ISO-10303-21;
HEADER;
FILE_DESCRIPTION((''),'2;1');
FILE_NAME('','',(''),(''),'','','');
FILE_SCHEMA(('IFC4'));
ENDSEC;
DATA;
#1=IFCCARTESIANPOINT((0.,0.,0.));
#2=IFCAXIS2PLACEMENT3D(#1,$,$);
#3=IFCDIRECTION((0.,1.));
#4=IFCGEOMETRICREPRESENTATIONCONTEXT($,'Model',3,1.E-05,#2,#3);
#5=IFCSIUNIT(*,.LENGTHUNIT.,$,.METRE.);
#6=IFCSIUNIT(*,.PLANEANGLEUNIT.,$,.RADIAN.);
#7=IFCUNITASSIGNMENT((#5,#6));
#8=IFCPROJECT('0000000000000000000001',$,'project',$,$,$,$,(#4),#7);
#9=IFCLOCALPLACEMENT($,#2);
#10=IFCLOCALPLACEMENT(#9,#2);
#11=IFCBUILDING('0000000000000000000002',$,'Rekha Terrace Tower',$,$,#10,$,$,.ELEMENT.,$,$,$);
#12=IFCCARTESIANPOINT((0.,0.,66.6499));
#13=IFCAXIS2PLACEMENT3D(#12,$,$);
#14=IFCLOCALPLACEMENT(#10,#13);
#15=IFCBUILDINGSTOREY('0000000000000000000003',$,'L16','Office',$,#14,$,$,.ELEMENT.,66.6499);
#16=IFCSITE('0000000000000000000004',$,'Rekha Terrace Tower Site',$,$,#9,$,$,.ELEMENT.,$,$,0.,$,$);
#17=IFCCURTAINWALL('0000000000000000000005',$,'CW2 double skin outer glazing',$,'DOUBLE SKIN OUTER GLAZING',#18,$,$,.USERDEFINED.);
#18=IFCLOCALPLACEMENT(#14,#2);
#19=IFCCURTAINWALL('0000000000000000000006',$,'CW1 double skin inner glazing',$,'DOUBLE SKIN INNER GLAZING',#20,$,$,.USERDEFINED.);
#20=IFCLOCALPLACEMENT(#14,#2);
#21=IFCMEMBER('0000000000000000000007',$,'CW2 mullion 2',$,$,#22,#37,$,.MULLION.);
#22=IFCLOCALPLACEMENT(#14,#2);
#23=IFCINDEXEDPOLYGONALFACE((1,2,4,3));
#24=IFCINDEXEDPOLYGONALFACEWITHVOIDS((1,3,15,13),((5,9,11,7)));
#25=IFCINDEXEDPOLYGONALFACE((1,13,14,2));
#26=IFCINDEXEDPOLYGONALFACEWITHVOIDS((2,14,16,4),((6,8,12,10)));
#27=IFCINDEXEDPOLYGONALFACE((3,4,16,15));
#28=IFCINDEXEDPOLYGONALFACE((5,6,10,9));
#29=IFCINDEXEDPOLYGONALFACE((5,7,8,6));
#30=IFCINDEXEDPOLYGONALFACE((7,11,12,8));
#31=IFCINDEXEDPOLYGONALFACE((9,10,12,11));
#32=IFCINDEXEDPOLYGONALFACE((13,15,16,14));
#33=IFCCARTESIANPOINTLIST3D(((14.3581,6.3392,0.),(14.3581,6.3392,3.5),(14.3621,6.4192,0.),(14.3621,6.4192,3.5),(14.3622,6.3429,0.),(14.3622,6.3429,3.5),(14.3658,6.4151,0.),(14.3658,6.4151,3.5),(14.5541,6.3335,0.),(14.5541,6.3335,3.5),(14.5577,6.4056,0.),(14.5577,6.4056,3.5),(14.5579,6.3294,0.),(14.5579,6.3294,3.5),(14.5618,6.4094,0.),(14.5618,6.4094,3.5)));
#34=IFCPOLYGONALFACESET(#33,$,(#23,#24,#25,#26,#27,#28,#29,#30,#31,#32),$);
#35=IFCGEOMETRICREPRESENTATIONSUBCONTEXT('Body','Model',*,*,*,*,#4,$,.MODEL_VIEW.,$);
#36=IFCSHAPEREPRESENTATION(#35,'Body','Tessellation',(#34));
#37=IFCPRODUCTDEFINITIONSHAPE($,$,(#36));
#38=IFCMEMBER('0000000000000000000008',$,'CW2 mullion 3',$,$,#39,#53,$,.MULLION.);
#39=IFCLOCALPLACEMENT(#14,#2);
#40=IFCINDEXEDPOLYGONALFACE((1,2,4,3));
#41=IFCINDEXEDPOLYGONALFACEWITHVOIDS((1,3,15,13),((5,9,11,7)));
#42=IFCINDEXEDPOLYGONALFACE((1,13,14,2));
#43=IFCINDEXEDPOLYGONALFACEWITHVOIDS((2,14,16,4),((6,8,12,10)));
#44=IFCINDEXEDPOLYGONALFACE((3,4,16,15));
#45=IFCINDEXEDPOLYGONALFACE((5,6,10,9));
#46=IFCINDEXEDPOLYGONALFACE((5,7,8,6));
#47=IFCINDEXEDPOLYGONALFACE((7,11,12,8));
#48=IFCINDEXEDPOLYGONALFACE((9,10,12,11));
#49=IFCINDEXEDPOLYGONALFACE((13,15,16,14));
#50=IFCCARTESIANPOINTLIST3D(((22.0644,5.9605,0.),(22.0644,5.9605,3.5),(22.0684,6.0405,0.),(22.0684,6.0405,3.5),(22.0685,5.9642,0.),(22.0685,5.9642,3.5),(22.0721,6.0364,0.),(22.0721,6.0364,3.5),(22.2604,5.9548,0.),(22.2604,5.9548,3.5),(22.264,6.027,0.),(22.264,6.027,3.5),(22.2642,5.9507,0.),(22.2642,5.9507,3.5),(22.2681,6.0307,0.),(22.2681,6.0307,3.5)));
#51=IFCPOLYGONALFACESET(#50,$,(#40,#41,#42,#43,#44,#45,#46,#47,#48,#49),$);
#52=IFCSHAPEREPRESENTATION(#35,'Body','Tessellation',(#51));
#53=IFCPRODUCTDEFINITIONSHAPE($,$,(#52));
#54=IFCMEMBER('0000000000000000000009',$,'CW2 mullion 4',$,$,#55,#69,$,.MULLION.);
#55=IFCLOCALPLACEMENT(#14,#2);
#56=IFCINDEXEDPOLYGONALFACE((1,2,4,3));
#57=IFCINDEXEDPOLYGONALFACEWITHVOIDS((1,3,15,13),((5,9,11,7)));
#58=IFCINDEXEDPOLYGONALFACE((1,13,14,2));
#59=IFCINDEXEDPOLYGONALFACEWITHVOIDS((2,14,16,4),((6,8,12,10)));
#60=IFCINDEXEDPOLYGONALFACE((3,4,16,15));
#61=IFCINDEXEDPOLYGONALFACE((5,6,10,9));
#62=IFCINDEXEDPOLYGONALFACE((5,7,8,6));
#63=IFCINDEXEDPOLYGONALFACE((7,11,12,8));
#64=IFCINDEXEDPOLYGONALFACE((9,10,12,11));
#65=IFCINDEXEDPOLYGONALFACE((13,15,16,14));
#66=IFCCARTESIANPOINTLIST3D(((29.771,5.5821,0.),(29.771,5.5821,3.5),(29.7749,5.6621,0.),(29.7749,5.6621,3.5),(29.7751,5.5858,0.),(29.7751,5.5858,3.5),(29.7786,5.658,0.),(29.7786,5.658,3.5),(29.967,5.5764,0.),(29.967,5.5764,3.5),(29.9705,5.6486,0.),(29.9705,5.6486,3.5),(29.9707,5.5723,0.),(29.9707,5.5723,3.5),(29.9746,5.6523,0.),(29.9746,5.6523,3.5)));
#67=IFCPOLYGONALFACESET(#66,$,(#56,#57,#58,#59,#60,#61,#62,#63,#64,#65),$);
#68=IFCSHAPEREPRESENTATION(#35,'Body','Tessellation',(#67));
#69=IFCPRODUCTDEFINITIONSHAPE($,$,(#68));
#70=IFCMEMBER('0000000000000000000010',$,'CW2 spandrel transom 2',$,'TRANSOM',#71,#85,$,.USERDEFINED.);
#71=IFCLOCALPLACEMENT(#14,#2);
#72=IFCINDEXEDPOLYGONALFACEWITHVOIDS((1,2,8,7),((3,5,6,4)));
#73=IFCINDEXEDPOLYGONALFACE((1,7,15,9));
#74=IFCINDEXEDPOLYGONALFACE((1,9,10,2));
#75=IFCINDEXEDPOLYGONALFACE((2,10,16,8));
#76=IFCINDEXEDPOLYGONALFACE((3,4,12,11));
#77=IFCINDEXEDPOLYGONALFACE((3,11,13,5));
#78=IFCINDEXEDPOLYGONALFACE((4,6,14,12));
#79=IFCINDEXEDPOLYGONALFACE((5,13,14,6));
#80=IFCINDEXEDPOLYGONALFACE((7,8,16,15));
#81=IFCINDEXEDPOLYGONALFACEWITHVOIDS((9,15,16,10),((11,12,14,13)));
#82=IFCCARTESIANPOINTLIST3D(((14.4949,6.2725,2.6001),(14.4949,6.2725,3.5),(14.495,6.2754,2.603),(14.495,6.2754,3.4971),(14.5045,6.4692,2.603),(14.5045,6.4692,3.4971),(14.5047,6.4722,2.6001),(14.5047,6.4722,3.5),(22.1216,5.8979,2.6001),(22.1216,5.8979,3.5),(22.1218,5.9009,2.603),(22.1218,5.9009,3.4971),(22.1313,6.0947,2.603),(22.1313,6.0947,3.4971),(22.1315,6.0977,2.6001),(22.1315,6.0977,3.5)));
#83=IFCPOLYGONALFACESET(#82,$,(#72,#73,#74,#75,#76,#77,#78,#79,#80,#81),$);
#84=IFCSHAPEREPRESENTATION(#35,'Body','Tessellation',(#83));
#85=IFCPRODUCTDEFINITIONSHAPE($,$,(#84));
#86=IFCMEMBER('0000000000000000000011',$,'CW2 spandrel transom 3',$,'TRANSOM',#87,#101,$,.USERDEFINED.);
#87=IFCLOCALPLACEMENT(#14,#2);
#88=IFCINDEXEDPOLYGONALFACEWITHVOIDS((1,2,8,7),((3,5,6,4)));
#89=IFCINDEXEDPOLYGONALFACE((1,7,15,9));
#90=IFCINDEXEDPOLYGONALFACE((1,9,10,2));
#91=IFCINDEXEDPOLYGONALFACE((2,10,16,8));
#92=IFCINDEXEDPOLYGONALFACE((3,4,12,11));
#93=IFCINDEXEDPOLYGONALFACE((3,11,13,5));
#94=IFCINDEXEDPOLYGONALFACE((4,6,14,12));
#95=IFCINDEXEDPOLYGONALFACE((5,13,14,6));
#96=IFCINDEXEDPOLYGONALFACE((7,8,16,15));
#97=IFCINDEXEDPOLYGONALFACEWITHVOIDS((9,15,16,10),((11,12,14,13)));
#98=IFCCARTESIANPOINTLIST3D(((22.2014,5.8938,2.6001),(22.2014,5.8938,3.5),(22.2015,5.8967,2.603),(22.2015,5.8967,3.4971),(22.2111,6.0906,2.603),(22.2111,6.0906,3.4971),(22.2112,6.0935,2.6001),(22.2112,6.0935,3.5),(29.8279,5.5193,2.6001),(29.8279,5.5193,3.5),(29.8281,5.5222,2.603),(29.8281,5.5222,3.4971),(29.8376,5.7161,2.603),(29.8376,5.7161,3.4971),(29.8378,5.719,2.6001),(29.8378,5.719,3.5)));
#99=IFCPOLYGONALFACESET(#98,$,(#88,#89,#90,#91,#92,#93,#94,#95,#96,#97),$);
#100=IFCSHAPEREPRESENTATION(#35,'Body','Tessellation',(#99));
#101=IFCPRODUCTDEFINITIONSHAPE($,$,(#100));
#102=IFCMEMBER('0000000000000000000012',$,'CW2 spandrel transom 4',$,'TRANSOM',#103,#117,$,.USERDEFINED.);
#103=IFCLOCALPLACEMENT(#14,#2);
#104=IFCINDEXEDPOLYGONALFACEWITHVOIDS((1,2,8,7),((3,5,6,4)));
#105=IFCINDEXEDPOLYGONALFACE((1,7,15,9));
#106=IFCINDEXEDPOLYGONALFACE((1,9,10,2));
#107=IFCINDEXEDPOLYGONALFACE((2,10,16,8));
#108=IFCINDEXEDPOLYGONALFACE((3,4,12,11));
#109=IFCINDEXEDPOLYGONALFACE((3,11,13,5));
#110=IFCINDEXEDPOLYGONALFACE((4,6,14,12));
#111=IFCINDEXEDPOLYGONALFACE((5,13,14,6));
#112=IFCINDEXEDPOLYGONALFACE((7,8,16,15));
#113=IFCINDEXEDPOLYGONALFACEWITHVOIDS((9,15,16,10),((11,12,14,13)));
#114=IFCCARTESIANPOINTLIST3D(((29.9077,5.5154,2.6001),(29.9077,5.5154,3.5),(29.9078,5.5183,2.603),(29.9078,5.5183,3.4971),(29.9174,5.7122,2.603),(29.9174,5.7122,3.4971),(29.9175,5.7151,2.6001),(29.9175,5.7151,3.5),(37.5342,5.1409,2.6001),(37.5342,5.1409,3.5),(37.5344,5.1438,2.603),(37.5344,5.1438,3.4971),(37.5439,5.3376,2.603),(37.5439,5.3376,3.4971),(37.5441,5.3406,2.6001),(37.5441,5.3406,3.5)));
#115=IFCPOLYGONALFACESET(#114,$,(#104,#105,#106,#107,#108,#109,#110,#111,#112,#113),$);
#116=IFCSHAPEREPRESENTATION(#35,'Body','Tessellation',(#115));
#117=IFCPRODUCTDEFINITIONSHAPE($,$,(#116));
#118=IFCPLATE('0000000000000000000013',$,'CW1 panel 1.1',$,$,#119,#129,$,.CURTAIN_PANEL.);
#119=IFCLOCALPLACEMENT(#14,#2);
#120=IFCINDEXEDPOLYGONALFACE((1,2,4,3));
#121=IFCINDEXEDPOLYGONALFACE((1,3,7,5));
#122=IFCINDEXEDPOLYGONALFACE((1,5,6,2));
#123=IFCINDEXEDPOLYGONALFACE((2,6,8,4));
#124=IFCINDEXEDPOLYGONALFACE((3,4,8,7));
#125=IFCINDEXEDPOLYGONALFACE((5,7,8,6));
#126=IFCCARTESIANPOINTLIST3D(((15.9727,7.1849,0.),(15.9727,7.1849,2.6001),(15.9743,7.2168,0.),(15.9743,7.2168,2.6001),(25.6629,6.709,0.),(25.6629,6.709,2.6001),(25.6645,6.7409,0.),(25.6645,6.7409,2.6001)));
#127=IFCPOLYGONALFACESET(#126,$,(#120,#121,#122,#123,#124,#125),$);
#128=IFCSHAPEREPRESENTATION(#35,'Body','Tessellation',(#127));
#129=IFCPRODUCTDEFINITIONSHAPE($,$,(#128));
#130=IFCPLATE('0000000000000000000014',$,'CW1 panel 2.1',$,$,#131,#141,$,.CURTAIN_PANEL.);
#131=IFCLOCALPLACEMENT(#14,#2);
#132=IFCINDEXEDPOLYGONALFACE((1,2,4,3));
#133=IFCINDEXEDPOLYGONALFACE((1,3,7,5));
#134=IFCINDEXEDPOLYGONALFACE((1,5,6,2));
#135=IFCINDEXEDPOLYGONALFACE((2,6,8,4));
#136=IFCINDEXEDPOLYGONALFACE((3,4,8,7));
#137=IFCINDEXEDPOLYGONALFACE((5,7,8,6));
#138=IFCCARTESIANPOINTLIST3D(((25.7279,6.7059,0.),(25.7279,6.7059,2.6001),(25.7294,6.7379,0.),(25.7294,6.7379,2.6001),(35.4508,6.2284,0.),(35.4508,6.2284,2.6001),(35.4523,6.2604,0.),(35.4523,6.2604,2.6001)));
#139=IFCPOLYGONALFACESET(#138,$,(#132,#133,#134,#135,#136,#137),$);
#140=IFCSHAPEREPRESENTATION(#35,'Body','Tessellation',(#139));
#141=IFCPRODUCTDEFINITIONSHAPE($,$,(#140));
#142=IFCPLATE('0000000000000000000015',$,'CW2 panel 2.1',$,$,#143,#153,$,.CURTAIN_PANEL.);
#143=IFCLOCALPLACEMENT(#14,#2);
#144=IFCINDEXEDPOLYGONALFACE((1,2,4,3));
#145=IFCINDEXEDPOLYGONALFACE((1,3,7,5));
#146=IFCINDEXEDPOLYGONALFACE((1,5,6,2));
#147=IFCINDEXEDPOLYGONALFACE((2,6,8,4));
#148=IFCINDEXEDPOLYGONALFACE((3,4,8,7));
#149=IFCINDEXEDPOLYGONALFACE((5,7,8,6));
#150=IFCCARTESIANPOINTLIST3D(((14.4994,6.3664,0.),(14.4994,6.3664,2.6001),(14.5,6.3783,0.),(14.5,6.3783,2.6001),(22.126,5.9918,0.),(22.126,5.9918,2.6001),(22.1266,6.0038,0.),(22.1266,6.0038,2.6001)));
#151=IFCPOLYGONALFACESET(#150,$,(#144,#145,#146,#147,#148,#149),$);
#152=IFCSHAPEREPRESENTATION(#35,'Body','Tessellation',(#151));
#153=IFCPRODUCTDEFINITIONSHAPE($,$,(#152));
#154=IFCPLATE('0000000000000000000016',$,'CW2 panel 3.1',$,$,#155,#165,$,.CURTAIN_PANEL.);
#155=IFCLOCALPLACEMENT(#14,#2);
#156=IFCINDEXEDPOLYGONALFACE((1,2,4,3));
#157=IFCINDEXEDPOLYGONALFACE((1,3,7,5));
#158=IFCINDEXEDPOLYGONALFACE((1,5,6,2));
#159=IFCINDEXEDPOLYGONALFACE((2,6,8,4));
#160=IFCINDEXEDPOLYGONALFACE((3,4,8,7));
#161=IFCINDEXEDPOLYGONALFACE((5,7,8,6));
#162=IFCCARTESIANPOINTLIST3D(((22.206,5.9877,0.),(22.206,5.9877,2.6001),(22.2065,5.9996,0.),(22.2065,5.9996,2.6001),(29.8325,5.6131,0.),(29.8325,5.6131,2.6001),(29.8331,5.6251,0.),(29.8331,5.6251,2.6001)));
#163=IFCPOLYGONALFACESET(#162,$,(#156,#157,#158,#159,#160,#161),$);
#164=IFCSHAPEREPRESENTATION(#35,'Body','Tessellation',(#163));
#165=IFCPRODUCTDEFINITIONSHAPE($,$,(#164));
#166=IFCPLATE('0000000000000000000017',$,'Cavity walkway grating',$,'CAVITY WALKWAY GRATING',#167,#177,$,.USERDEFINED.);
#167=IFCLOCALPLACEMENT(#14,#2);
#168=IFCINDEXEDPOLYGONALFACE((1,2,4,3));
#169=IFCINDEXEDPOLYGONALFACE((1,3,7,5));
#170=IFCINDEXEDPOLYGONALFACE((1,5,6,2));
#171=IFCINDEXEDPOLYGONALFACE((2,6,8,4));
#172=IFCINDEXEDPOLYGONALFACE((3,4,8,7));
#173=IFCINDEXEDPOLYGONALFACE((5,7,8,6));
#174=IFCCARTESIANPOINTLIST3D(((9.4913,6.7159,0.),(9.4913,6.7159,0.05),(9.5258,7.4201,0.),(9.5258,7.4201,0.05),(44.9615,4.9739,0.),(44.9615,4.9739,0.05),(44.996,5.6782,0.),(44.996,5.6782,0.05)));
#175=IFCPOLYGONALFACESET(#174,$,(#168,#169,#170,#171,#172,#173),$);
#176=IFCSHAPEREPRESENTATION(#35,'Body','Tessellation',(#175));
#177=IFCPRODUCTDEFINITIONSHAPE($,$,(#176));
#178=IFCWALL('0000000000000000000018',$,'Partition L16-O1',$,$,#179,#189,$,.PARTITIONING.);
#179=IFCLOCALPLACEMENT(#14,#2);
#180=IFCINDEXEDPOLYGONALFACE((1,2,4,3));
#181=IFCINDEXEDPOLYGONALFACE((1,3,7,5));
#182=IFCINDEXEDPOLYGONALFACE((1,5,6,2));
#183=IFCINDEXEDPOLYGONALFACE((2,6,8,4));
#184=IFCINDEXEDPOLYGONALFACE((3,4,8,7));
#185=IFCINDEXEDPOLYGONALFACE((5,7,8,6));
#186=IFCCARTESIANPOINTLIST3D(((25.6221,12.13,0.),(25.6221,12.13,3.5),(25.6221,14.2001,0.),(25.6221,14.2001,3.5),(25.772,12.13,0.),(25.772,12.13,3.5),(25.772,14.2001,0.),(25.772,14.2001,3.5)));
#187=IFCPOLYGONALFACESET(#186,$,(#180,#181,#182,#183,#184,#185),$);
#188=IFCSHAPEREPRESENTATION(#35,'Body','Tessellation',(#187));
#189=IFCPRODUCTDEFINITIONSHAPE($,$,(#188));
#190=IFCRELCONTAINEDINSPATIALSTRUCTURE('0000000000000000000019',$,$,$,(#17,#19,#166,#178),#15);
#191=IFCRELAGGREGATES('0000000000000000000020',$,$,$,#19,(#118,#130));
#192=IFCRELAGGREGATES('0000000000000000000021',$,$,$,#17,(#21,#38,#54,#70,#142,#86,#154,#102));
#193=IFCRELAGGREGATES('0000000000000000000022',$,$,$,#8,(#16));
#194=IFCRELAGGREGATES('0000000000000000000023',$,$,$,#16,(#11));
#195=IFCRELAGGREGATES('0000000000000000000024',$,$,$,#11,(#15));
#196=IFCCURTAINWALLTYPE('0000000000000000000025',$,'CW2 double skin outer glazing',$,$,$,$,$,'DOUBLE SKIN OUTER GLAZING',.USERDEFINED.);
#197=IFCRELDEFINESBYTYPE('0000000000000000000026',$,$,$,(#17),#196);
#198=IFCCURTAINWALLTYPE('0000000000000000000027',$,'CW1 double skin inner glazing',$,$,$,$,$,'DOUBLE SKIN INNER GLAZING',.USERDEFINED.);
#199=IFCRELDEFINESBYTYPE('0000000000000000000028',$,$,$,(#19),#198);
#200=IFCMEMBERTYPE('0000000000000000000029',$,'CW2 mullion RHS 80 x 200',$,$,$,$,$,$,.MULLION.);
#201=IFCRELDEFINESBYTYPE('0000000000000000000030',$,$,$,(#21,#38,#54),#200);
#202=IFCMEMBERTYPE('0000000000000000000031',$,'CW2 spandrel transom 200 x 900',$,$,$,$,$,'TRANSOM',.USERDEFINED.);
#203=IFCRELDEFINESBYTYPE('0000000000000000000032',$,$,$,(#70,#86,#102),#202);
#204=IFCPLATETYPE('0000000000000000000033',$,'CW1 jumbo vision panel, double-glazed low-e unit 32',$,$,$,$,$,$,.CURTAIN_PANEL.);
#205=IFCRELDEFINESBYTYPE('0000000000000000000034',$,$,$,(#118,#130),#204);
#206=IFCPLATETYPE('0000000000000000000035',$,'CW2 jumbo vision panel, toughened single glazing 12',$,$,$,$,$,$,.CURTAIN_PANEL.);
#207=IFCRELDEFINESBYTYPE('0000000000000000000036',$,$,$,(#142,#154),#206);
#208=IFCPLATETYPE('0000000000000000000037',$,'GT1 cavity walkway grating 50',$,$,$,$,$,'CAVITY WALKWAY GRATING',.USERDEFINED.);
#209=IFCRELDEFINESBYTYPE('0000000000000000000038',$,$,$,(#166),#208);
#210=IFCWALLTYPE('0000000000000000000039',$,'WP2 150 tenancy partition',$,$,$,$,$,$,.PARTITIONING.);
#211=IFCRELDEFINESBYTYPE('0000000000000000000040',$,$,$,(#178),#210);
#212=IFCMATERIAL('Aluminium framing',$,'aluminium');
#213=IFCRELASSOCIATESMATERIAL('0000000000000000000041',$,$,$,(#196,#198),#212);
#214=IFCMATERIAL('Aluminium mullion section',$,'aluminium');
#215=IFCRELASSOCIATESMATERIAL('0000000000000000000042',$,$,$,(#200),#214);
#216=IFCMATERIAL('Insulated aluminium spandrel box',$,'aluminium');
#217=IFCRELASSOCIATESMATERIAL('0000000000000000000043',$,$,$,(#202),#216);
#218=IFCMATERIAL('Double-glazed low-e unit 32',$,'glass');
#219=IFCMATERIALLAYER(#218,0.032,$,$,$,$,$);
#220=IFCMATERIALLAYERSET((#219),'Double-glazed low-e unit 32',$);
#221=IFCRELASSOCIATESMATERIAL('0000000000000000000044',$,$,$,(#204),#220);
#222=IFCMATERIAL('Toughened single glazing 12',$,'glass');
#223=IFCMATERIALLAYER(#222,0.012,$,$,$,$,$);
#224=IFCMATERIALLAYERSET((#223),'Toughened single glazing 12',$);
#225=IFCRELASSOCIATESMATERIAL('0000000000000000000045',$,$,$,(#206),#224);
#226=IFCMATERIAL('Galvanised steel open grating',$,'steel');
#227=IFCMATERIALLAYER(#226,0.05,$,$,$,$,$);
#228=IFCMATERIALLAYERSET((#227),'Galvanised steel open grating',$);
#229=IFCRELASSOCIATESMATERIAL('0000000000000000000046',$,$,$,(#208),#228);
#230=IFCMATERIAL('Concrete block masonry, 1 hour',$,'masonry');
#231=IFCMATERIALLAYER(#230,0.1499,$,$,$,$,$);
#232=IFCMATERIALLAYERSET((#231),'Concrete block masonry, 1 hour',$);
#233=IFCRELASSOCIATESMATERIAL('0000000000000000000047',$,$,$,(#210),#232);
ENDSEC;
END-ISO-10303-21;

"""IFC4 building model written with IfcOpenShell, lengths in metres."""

from ifc_helpers import new_model, si_unit, direction, frame, frame_2d, origin, origin_2d, place, context, subcontext, project, spatial, rectangle, hollow_rectangle, extrude, material, layer, layer_set, material_profile, profile_set, type_object, element, aggregate, save


model = new_model("IFC4")

# Units and contexts
model_context = context("Model", 3, precision=1e-05, world=origin(), true_north=direction((0.0, 1.0)))
body_context = subcontext(model_context, "Body", "Model", "MODEL_VIEW")
ifc_project = project(units=[si_unit("LENGTHUNIT", "METRE"), si_unit("PLANEANGLEUNIT", "RADIAN")], contexts=[model_context])

# Site, building, storey
site_placement = place(None, origin())
site = spatial("IfcSite", under=ifc_project, at=site_placement, Name="Rekha Terrace Tower Site", CompositionType="ELEMENT", RefElevation=0.0)
building_placement = place(site_placement, origin())
building = spatial("IfcBuilding", under=site, at=building_placement, Name="Rekha Terrace Tower", CompositionType="ELEMENT")
storey_placement = place(building_placement, frame((0.0, 0.0, 66.6499)))
storey = spatial("IfcBuildingStorey", under=building, at=storey_placement, Name="L16", Description="Office", CompositionType="ELEMENT", Elevation=66.6499)

# Curtain wall
ifc_material_1 = material(Name="Aluminium framing", Category="aluminium")
curtain_wall_type_1 = type_object("IfcCurtainWallType", Name="CW2 double skin outer glazing", ElementType="DOUBLE SKIN OUTER GLAZING", PredefinedType="USERDEFINED", material=ifc_material_1)
curtain_wall_1_placement = place(storey_placement, origin())
curtain_wall_1 = element("IfcCurtainWall", 1, at=curtain_wall_1_placement, inside=storey, type_object=curtain_wall_type_1, Name="CW2 double skin outer glazing", ObjectType="DOUBLE SKIN OUTER GLAZING", PredefinedType="USERDEFINED")

# Shared definitions
curtain_wall_type_2 = type_object("IfcCurtainWallType", Name="CW1 double skin inner glazing", ElementType="DOUBLE SKIN INNER GLAZING", PredefinedType="USERDEFINED", material=ifc_material_1)
ifc_material_2 = material(Name="Aluminium mullion section", Category="aluminium")

# Curtain wall
curtain_wall_2_placement = place(storey_placement, origin())
curtain_wall_2 = element("IfcCurtainWall", 2, at=curtain_wall_2_placement, inside=storey, type_object=curtain_wall_type_2, Name="CW1 double skin inner glazing", ObjectType="DOUBLE SKIN INNER GLAZING", PredefinedType="USERDEFINED")
ifc_material_3 = material(Name="Insulated aluminium spandrel box", Category="aluminium")

# Members
ifc_material_profile_1 = material_profile(ifc_material_2, hollow_rectangle(XDim=0.0801, YDim=0.2, WallThickness=0.0039, at=origin_2d()), Name="AL RHS 80x200")
ifc_profile_set_1 = profile_set([ifc_material_profile_1], Name="Aluminium mullion section")
member_type_1 = type_object("IfcMemberType", Name="CW2 mullion RHS 80 x 200", PredefinedType="MULLION", material=ifc_profile_set_1)
member_1_placement = place(storey_placement, frame((14.46, 6.3743, 0.0), z_axis=(0.0, 0.0, 1.0), x_axis=(0.049052, 0.998796, 0.0)))
member_1 = element("IfcMember", 3, at=member_1_placement, type_object=member_type_1, Name="CW2 mullion 2", PredefinedType="MULLION", context=body_context, shape_type="SweptSolid", body=[
    extrude(hollow_rectangle(XDim=0.0801, YDim=0.2, WallThickness=0.0039, at=origin_2d()), origin(), (0.0, 0.0, 1.0), 3.5),
])
member_2_placement = place(storey_placement, frame((22.1663, 5.9956, 0.0), z_axis=(0.0, 0.0, 1.0), x_axis=(0.049052, 0.998796, 0.0)))
member_2 = element("IfcMember", 4, at=member_2_placement, type_object=member_type_1, Name="CW2 mullion 3", PredefinedType="MULLION", context=body_context, shape_type="SweptSolid", body=[
    extrude(hollow_rectangle(XDim=0.0801, YDim=0.2, WallThickness=0.0039, at=origin_2d()), origin(), (0.0, 0.0, 1.0), 3.5),
])
member_3_placement = place(storey_placement, frame((29.8728, 5.6172, 0.0), z_axis=(0.0, 0.0, 1.0), x_axis=(0.049052, 0.998796, 0.0)))
member_3 = element("IfcMember", 5, at=member_3_placement, type_object=member_type_1, Name="CW2 mullion 4", PredefinedType="MULLION", context=body_context, shape_type="SweptSolid", body=[
    extrude(hollow_rectangle(XDim=0.0801, YDim=0.2, WallThickness=0.0039, at=origin_2d()), origin(), (0.0, 0.0, 1.0), 3.5),
])
ifc_material_profile_2 = material_profile(ifc_material_3, hollow_rectangle(XDim=0.2, YDim=0.8999, WallThickness=0.0029, at=origin_2d()), Name="AL SPANDREL BOX 200x900")
ifc_profile_set_2 = profile_set([ifc_material_profile_2], Name="Insulated aluminium spandrel box")
member_type_2 = type_object("IfcMemberType", Name="CW2 spandrel transom 200 x 900", ElementType="TRANSOM", PredefinedType="USERDEFINED", material=ifc_profile_set_2)
member_4_placement = place(storey_placement, frame((14.4998, 6.3723, 3.05), z_axis=(0.998797, -0.049046, 0.0), x_axis=(0.049046, 0.998797, 0.0)))
member_4 = element("IfcMember", 6, at=member_4_placement, type_object=member_type_2, Name="CW2 spandrel transom 2", ObjectType="TRANSOM", PredefinedType="USERDEFINED", context=body_context, shape_type="SweptSolid", body=[
    extrude(hollow_rectangle(XDim=0.2, YDim=0.8999, WallThickness=0.0029, at=origin_2d()), origin(), (0.0, 0.0, 1.0), 7.636),
])
member_5_placement = place(storey_placement, frame((22.2063, 5.9937, 3.05), z_axis=(0.998796, -0.049048, 0.0), x_axis=(0.049048, 0.998796, 0.0)))
member_5 = element("IfcMember", 7, at=member_5_placement, type_object=member_type_2, Name="CW2 spandrel transom 3", ObjectType="TRANSOM", PredefinedType="USERDEFINED", context=body_context, shape_type="SweptSolid", body=[
    extrude(hollow_rectangle(XDim=0.2, YDim=0.8999, WallThickness=0.0029, at=origin_2d()), origin(), (0.0, 0.0, 1.0), 7.6357),
])
member_6_placement = place(storey_placement, frame((29.9126, 5.6152, 3.05), z_axis=(0.998796, -0.049048, 0.0), x_axis=(0.049048, 0.998796, 0.0)))
member_6 = element("IfcMember", 8, at=member_6_placement, type_object=member_type_2, Name="CW2 spandrel transom 4", ObjectType="TRANSOM", PredefinedType="USERDEFINED", context=body_context, shape_type="SweptSolid", body=[
    extrude(hollow_rectangle(XDim=0.2, YDim=0.8999, WallThickness=0.0029, at=origin_2d()), origin(), (0.0, 0.0, 1.0), 7.6357),
])

# Plates
ifc_material_4 = material(Name="Double-glazed low-e unit 32", Category="glass")
ifc_layer_1 = layer(ifc_material_4, 0.032)
ifc_layer_set_1 = layer_set([ifc_layer_1], Name="Double-glazed low-e unit 32")
plate_type_1 = type_object("IfcPlateType", Name="CW1 jumbo vision panel, double-glazed low-e unit 32", PredefinedType="CURTAIN_PANEL", material=ifc_layer_set_1)
plate_1_placement = place(storey_placement, frame((20.8186, 6.9629, 0.0), z_axis=(0.0, 0.0, 1.0), x_axis=(0.998796, -0.049052, 0.0)))
plate_1 = element("IfcPlate", 9, at=plate_1_placement, type_object=plate_type_1, Name="CW1 panel 1.1", PredefinedType="CURTAIN_PANEL", context=body_context, shape_type="SweptSolid", body=[
    extrude(rectangle(XDim=9.7019, YDim=0.032, at=origin_2d()), origin(), (0.0, 0.0, 1.0), 2.6001),
])
plate_2_placement = place(storey_placement, frame((30.5901, 6.4832, 0.0), z_axis=(0.0, 0.0, 1.0), x_axis=(0.998796, -0.049052, 0.0)))
plate_2 = element("IfcPlate", 10, at=plate_2_placement, type_object=plate_type_1, Name="CW1 panel 2.1", PredefinedType="CURTAIN_PANEL", context=body_context, shape_type="SweptSolid", body=[
    extrude(rectangle(XDim=9.7346, YDim=0.032, at=origin_2d()), origin(), (0.0, 0.0, 1.0), 2.6001),
])
aggregate(curtain_wall_2, [plate_1, plate_2])
ifc_material_5 = material(Name="Toughened single glazing 12", Category="glass")
ifc_layer_2 = layer(ifc_material_5, 0.012)
ifc_layer_set_2 = layer_set([ifc_layer_2], Name="Toughened single glazing 12")
plate_type_2 = type_object("IfcPlateType", Name="CW2 jumbo vision panel, toughened single glazing 12", PredefinedType="CURTAIN_PANEL", material=ifc_layer_set_2)
plate_3_placement = place(storey_placement, frame((18.313, 6.1851, 0.0), z_axis=(0.0, 0.0, 1.0), x_axis=(0.998796, -0.049052, 0.0)))
plate_3 = element("IfcPlate", 11, at=plate_3_placement, type_object=plate_type_2, Name="CW2 panel 2.1", PredefinedType="CURTAIN_PANEL", context=body_context, shape_type="SweptSolid", body=[
    extrude(rectangle(XDim=7.6357, YDim=0.012, at=origin_2d()), origin(), (0.0, 0.0, 1.0), 2.6001),
])
plate_4_placement = place(storey_placement, frame((26.0195, 5.8064, 0.0), z_axis=(0.0, 0.0, 1.0), x_axis=(0.998796, -0.049052, 0.0)))
plate_4 = element("IfcPlate", 12, at=plate_4_placement, type_object=plate_type_2, Name="CW2 panel 3.1", PredefinedType="CURTAIN_PANEL", context=body_context, shape_type="SweptSolid", body=[
    extrude(rectangle(XDim=7.6357, YDim=0.012, at=origin_2d()), origin(), (0.0, 0.0, 1.0), 2.6001),
])
aggregate(curtain_wall_1, [member_1, member_2, member_3, member_4, plate_3, member_5, plate_4, member_6])
ifc_material_6 = material(Name="Galvanised steel open grating", Category="steel")
ifc_layer_3 = layer(ifc_material_6, 0.05)
ifc_layer_set_3 = layer_set([ifc_layer_3], Name="Galvanised steel open grating")
plate_type_3 = type_object("IfcPlateType", Name="GT1 cavity walkway grating 50", ElementType="CAVITY WALKWAY GRATING", PredefinedType="USERDEFINED", material=ifc_layer_set_3)
plate_5_placement = place(storey_placement, frame((27.2437, 6.197, 0.0), z_axis=(0.0, 0.0, 1.0), x_axis=(0.998796, -0.049052, 0.0)))
element("IfcPlate", 13, at=plate_5_placement, inside=storey, type_object=plate_type_3, Name="Cavity walkway grating", ObjectType="CAVITY WALKWAY GRATING", PredefinedType="USERDEFINED", context=body_context, shape_type="SweptSolid", body=[
    extrude(rectangle(XDim=35.5129, YDim=0.7051, at=origin_2d()), origin(), (0.0, 0.0, 1.0), 0.05),
])

# Wall
ifc_material_7 = material(Name="Concrete block masonry, 1 hour", Category="masonry")
ifc_layer_4 = layer(ifc_material_7, 0.1499)
ifc_layer_set_4 = layer_set([ifc_layer_4], Name="Concrete block masonry, 1 hour")
wall_type_1 = type_object("IfcWallType", Name="WP2 150 tenancy partition", PredefinedType="PARTITIONING", material=ifc_layer_set_4)
wall_1_placement = place(storey_placement, frame((25.697, 12.1299, 0.0), z_axis=(0.0, 0.0, 1.0), x_axis=(0.0, 1.0, 0.0)))
element("IfcWall", 14, at=wall_1_placement, inside=storey, type_object=wall_type_1, Name="Partition L16-O1", PredefinedType="PARTITIONING", context=body_context, shape_type="SweptSolid", body=[
    extrude(rectangle(XDim=2.0701, YDim=0.1499, at=frame_2d((1.0352, 0.0))), origin(), (0.0, 0.0, 1.0), 3.5),
])

save(model, "model.ifc")
